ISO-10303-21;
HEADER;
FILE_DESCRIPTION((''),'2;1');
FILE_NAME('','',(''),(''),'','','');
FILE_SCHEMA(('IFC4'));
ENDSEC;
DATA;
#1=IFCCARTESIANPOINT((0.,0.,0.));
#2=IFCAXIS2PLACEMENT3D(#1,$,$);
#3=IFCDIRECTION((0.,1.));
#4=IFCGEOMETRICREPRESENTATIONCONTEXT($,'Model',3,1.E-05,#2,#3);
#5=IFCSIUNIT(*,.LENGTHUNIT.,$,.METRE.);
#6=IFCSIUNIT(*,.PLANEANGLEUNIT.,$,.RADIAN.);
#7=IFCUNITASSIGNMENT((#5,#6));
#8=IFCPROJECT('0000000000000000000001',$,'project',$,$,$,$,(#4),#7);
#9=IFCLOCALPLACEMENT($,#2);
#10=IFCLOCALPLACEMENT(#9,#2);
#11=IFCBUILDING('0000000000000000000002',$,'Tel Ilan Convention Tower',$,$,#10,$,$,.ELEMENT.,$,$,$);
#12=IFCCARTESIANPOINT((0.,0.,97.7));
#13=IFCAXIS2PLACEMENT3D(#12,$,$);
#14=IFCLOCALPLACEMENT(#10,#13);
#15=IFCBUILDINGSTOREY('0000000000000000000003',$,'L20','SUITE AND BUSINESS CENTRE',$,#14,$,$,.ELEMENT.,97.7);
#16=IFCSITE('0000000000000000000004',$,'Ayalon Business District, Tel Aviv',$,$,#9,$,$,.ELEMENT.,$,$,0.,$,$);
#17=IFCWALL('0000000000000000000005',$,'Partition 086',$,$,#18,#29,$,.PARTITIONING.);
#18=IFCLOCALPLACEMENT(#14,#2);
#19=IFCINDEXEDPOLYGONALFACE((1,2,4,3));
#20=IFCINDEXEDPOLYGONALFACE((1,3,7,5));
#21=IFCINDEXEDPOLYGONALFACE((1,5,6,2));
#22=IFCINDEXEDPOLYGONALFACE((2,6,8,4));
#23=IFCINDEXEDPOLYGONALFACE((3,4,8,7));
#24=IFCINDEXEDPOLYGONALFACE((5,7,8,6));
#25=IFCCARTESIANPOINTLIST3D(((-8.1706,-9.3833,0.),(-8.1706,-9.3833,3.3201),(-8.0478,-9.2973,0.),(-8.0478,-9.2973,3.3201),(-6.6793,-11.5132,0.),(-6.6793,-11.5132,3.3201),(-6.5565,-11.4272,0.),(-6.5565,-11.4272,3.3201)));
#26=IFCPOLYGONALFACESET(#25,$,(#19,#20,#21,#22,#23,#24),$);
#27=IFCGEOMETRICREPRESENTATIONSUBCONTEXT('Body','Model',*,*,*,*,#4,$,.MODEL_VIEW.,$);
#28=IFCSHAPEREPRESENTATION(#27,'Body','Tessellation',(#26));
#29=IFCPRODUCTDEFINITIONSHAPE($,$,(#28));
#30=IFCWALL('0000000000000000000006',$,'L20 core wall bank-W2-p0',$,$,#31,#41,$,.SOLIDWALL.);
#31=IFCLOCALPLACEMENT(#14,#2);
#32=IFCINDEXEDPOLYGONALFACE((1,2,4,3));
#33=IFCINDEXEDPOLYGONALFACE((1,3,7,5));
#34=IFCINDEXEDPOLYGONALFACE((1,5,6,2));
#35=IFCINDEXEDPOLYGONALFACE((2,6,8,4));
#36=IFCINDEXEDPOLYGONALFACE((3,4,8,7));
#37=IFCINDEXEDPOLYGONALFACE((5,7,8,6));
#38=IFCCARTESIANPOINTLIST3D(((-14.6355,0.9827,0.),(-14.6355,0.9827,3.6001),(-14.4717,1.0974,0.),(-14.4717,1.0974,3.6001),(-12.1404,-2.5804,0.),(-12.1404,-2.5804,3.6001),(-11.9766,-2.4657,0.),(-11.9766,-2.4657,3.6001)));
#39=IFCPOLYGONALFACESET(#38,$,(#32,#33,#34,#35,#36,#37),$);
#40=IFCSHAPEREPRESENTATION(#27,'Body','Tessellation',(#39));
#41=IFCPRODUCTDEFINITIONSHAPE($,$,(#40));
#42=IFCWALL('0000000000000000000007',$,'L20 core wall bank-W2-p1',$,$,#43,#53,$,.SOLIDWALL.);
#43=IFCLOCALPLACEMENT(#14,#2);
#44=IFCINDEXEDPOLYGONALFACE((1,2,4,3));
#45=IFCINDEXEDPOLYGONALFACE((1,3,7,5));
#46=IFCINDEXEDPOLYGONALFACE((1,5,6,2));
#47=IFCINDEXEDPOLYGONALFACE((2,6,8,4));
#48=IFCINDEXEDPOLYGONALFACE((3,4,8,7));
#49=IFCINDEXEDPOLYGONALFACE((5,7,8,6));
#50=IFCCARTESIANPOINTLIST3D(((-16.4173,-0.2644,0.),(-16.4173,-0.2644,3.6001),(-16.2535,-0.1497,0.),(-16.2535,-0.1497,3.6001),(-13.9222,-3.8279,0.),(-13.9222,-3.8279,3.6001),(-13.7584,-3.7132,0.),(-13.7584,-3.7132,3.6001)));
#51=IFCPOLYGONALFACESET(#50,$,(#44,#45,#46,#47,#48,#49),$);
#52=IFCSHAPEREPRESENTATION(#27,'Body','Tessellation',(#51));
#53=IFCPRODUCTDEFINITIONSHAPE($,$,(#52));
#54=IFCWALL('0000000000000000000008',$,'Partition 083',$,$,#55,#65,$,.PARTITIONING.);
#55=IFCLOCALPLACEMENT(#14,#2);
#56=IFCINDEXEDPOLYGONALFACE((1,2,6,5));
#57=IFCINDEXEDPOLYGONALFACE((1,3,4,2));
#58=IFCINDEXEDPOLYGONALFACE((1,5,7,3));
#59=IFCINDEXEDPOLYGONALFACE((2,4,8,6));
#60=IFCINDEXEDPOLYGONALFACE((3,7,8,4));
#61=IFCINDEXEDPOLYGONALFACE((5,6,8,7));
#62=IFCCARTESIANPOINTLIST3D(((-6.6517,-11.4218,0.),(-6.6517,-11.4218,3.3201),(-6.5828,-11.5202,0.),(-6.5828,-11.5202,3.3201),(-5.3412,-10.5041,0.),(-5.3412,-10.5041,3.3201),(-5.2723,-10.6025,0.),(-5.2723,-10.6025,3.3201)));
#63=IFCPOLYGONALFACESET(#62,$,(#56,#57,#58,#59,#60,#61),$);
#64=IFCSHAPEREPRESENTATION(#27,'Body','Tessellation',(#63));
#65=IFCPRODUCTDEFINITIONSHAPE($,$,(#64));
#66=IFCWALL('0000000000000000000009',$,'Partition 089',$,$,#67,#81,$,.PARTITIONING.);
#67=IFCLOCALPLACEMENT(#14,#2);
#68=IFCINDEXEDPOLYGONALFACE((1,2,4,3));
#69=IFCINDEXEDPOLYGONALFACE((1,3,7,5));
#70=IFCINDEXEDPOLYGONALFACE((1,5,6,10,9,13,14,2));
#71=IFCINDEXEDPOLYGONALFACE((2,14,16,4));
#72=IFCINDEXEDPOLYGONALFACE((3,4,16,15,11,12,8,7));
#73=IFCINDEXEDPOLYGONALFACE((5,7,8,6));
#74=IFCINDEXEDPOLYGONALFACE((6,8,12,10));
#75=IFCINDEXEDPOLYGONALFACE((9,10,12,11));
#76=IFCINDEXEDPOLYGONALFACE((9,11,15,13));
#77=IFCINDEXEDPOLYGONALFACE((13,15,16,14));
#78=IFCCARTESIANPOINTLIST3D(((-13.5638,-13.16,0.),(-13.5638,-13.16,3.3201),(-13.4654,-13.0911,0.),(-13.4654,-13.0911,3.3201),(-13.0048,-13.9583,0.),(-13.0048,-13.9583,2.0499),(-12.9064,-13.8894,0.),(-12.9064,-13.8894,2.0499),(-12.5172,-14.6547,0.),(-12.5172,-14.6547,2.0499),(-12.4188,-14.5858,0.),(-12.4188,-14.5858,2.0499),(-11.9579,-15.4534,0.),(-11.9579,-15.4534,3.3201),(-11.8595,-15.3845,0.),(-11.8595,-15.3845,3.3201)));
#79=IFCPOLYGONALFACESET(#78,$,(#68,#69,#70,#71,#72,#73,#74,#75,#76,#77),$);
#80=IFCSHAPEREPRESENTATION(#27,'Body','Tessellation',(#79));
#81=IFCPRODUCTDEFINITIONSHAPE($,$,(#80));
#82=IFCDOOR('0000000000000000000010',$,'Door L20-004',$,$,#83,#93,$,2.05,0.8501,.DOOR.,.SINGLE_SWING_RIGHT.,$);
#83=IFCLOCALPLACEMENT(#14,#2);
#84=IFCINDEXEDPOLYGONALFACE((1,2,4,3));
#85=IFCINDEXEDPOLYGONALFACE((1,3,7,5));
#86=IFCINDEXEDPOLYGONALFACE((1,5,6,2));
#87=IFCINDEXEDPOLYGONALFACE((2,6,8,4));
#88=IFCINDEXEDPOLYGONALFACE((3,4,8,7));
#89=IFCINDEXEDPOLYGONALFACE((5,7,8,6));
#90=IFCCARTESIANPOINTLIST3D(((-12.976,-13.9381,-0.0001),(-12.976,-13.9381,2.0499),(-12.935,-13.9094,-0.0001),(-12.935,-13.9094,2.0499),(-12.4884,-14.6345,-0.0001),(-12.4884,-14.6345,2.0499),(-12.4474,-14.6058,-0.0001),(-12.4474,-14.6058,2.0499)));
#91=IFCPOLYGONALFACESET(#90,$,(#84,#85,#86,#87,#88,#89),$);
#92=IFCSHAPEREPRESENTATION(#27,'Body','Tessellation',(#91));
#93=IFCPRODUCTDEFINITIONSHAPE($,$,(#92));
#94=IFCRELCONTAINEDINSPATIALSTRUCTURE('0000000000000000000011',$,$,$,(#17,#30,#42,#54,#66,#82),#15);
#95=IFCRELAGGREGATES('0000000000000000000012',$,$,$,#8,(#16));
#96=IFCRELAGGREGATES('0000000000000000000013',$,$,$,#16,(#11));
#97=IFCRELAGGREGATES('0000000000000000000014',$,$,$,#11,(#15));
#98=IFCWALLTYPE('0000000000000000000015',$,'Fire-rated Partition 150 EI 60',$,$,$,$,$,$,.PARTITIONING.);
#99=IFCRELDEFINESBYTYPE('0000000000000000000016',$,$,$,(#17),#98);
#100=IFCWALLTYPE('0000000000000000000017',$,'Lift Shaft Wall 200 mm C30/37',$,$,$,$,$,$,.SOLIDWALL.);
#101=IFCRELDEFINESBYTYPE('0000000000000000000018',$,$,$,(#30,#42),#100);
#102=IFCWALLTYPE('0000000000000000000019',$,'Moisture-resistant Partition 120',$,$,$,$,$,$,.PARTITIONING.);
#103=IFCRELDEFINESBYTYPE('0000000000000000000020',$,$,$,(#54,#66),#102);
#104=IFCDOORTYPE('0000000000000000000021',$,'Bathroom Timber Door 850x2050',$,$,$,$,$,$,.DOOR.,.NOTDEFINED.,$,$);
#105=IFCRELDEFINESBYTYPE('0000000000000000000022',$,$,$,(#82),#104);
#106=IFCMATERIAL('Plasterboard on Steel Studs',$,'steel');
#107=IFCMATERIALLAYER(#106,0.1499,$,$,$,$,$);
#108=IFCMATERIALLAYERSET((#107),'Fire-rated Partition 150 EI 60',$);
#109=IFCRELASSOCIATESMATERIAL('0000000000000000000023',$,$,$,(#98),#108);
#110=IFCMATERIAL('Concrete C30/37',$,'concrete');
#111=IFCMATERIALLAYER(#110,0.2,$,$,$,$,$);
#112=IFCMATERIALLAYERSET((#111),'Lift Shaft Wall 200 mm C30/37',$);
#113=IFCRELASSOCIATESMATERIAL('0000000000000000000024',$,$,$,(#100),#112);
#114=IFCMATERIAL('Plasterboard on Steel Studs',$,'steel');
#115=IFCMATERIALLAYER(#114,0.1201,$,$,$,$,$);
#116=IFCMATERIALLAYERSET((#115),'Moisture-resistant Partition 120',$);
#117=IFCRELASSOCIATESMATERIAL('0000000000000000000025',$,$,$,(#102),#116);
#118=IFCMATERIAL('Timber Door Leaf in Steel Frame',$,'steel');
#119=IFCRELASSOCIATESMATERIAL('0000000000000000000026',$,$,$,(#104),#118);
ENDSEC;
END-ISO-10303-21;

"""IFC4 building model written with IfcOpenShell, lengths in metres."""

from ifc_helpers import new_model, si_unit, direction, frame, frame_2d, origin, place, context, subcontext, project, spatial, rectangle, extrude, material, layer, layer_set, type_object, element, fill, save


model = new_model("IFC4")

# Units and contexts
model_context = context("Model", 3, precision=1e-05, world=origin(), true_north=direction((0.0, 1.0)))
body_context = subcontext(model_context, "Body", "Model", "MODEL_VIEW")
ifc_project = project(units=[si_unit("LENGTHUNIT", "METRE"), si_unit("PLANEANGLEUNIT", "RADIAN")], contexts=[model_context])

# Site, building, storey
site_placement = place(None, origin())
site = spatial("IfcSite", under=ifc_project, at=site_placement, Name="Ayalon Business District, Tel Aviv", CompositionType="ELEMENT", RefElevation=0.0)
building_placement = place(site_placement, origin())
building = spatial("IfcBuilding", under=site, at=building_placement, Name="Tel Ilan Convention Tower", CompositionType="ELEMENT")
storey_placement = place(building_placement, frame((0.0, 0.0, 97.7)))
storey = spatial("IfcBuildingStorey", under=building, at=storey_placement, Name="L20", Description="SUITE AND BUSINESS CENTRE", CompositionType="ELEMENT", Elevation=97.7)

# Shared definitions
ifc_material_1 = material(Name="Plasterboard on Steel Studs", Category="steel")
ifc_layer_1 = layer(ifc_material_1, 0.1499)
ifc_layer_set_1 = layer_set([ifc_layer_1], Name="Fire-rated Partition 150 EI 60")
wall_type_1 = type_object("IfcWallType", Name="Fire-rated Partition 150 EI 60", PredefinedType="PARTITIONING", material=ifc_layer_set_1)

# Walls
wall_1_placement = place(storey_placement, frame((-6.6179, -11.4702, 0.0), z_axis=(0.0, 0.0, 1.0), x_axis=(-0.573538, 0.819179, 0.0)))
element("IfcWall", 1, at=wall_1_placement, inside=storey, type_object=wall_type_1, Name="Partition 086", PredefinedType="PARTITIONING", context=body_context, shape_type="SweptSolid", body=[
    extrude(rectangle(XDim=2.6001, YDim=0.1499, at=frame_2d((1.3, 0.0))), origin(), (0.0, 0.0, 1.0), 3.3201),
])
ifc_material_2 = material(Name="Concrete C30/37", Category="concrete")
ifc_layer_2 = layer(ifc_material_2, 0.2)
ifc_layer_set_2 = layer_set([ifc_layer_2], Name="Lift Shaft Wall 200 mm C30/37")
wall_type_2 = type_object("IfcWallType", Name="Lift Shaft Wall 200 mm C30/37", PredefinedType="SOLIDWALL", material=ifc_layer_set_2)
wall_2_placement = place(storey_placement, frame((-12.0586, -2.5229, 0.0), z_axis=(0.0, 0.0, 1.0), x_axis=(-0.573594, 0.81914, 0.0)))
element("IfcWall", 2, at=wall_2_placement, inside=storey, type_object=wall_type_2, Name="L20 core wall bank-W2-p0", PredefinedType="SOLIDWALL", context=body_context, shape_type="SweptSolid", body=[
    extrude(rectangle(XDim=4.3499, YDim=0.2, at=frame_2d((2.1748, 0.0))), origin(), (0.0, 0.0, 1.0), 3.6001),
])
wall_3_placement = place(storey_placement, frame((-13.8403, -3.7705, 0.0), z_axis=(0.0, 0.0, 1.0), x_axis=(-0.573568, 0.819158, 0.0)))
element("IfcWall", 3, at=wall_3_placement, inside=storey, type_object=wall_type_2, Name="L20 core wall bank-W2-p1", PredefinedType="SOLIDWALL", context=body_context, shape_type="SweptSolid", body=[
    extrude(rectangle(XDim=4.3501, YDim=0.2, at=frame_2d((2.175, 0.0))), origin(), (0.0, 0.0, 1.0), 3.6001),
])
ifc_material_3 = material(Name="Plasterboard on Steel Studs", Category="steel")
ifc_layer_3 = layer(ifc_material_3, 0.1201)
ifc_layer_set_3 = layer_set([ifc_layer_3], Name="Moisture-resistant Partition 120")
wall_type_3 = type_object("IfcWallType", Name="Moisture-resistant Partition 120", PredefinedType="PARTITIONING", material=ifc_layer_set_3)
wall_4_placement = place(storey_placement, frame((-6.6172, -11.4709, 0.0), z_axis=(0.0, 0.0, 1.0), x_axis=(0.819132, 0.573606, 0.0)))
element("IfcWall", 4, at=wall_4_placement, inside=storey, type_object=wall_type_3, Name="Partition 083", PredefinedType="PARTITIONING", context=body_context, shape_type="SweptSolid", body=[
    extrude(rectangle(XDim=1.5999, YDim=0.1201, at=frame_2d((0.7998, 0.0))), origin(), (0.0, 0.0, 1.0), 3.3201),
])

# Wall, opening, door
wall_5_placement = place(storey_placement, frame((-11.9087, -15.4189, 0.0), z_axis=(0.0, 0.0, 1.0), x_axis=(-0.573591, 0.819142, 0.0)))
wall_5 = element("IfcWall", 5, at=wall_5_placement, inside=storey, type_object=wall_type_3, Name="Partition 089", PredefinedType="PARTITIONING", context=body_context, shape_type="SweptSolid", body=[
    extrude(rectangle(XDim=2.7998, YDim=0.1201, at=frame_2d((1.3999, 0.0))), origin(), (0.0, 0.0, 1.0), 3.3201),
])
opening_1_placement = place(wall_5_placement, frame((0.9751, 0.0, 0.0)))
opening_1 = element("IfcOpeningElement", 6, at=opening_1_placement, cuts=wall_5, PredefinedType="OPENING", context=body_context, shape_type="SweptSolid", body=[
    extrude(rectangle(XDim=0.8501, YDim=2.05, at=frame_2d((0.425, 1.0249))), frame((0.0, 0.0701, 0.0), z_axis=(0.0, -1.0, 0.0), x_axis=(1.0, 0.0, 0.0)), (0.0, 0.0, 1.0), 0.1401),
])
ifc_material_4 = material(Name="Timber Door Leaf in Steel Frame", Category="steel")
door_type_1 = type_object("IfcDoorType", Name="Bathroom Timber Door 850x2050", OperationType="NOTDEFINED", PredefinedType="DOOR", material=ifc_material_4)
door_1_placement = place(opening_1_placement, origin())
door_1 = element("IfcDoor", 7, at=door_1_placement, inside=storey, type_object=door_type_1, Name="Door L20-004", OperationType="SINGLE_SWING_RIGHT", OverallHeight=2.05, OverallWidth=0.8501, PredefinedType="DOOR", context=body_context, shape_type="SweptSolid", body=[
    extrude(rectangle(XDim=0.8501, YDim=2.05, at=frame_2d((0.425, 1.0249))), frame((0.0, 0.0249, 0.0), z_axis=(0.0, -1.0, 0.0), x_axis=(1.0, 0.0, 0.0)), (0.0, 0.0, 1.0), 0.05),
])
fill(opening_1, door_1)

save(model, "model.ifc")
